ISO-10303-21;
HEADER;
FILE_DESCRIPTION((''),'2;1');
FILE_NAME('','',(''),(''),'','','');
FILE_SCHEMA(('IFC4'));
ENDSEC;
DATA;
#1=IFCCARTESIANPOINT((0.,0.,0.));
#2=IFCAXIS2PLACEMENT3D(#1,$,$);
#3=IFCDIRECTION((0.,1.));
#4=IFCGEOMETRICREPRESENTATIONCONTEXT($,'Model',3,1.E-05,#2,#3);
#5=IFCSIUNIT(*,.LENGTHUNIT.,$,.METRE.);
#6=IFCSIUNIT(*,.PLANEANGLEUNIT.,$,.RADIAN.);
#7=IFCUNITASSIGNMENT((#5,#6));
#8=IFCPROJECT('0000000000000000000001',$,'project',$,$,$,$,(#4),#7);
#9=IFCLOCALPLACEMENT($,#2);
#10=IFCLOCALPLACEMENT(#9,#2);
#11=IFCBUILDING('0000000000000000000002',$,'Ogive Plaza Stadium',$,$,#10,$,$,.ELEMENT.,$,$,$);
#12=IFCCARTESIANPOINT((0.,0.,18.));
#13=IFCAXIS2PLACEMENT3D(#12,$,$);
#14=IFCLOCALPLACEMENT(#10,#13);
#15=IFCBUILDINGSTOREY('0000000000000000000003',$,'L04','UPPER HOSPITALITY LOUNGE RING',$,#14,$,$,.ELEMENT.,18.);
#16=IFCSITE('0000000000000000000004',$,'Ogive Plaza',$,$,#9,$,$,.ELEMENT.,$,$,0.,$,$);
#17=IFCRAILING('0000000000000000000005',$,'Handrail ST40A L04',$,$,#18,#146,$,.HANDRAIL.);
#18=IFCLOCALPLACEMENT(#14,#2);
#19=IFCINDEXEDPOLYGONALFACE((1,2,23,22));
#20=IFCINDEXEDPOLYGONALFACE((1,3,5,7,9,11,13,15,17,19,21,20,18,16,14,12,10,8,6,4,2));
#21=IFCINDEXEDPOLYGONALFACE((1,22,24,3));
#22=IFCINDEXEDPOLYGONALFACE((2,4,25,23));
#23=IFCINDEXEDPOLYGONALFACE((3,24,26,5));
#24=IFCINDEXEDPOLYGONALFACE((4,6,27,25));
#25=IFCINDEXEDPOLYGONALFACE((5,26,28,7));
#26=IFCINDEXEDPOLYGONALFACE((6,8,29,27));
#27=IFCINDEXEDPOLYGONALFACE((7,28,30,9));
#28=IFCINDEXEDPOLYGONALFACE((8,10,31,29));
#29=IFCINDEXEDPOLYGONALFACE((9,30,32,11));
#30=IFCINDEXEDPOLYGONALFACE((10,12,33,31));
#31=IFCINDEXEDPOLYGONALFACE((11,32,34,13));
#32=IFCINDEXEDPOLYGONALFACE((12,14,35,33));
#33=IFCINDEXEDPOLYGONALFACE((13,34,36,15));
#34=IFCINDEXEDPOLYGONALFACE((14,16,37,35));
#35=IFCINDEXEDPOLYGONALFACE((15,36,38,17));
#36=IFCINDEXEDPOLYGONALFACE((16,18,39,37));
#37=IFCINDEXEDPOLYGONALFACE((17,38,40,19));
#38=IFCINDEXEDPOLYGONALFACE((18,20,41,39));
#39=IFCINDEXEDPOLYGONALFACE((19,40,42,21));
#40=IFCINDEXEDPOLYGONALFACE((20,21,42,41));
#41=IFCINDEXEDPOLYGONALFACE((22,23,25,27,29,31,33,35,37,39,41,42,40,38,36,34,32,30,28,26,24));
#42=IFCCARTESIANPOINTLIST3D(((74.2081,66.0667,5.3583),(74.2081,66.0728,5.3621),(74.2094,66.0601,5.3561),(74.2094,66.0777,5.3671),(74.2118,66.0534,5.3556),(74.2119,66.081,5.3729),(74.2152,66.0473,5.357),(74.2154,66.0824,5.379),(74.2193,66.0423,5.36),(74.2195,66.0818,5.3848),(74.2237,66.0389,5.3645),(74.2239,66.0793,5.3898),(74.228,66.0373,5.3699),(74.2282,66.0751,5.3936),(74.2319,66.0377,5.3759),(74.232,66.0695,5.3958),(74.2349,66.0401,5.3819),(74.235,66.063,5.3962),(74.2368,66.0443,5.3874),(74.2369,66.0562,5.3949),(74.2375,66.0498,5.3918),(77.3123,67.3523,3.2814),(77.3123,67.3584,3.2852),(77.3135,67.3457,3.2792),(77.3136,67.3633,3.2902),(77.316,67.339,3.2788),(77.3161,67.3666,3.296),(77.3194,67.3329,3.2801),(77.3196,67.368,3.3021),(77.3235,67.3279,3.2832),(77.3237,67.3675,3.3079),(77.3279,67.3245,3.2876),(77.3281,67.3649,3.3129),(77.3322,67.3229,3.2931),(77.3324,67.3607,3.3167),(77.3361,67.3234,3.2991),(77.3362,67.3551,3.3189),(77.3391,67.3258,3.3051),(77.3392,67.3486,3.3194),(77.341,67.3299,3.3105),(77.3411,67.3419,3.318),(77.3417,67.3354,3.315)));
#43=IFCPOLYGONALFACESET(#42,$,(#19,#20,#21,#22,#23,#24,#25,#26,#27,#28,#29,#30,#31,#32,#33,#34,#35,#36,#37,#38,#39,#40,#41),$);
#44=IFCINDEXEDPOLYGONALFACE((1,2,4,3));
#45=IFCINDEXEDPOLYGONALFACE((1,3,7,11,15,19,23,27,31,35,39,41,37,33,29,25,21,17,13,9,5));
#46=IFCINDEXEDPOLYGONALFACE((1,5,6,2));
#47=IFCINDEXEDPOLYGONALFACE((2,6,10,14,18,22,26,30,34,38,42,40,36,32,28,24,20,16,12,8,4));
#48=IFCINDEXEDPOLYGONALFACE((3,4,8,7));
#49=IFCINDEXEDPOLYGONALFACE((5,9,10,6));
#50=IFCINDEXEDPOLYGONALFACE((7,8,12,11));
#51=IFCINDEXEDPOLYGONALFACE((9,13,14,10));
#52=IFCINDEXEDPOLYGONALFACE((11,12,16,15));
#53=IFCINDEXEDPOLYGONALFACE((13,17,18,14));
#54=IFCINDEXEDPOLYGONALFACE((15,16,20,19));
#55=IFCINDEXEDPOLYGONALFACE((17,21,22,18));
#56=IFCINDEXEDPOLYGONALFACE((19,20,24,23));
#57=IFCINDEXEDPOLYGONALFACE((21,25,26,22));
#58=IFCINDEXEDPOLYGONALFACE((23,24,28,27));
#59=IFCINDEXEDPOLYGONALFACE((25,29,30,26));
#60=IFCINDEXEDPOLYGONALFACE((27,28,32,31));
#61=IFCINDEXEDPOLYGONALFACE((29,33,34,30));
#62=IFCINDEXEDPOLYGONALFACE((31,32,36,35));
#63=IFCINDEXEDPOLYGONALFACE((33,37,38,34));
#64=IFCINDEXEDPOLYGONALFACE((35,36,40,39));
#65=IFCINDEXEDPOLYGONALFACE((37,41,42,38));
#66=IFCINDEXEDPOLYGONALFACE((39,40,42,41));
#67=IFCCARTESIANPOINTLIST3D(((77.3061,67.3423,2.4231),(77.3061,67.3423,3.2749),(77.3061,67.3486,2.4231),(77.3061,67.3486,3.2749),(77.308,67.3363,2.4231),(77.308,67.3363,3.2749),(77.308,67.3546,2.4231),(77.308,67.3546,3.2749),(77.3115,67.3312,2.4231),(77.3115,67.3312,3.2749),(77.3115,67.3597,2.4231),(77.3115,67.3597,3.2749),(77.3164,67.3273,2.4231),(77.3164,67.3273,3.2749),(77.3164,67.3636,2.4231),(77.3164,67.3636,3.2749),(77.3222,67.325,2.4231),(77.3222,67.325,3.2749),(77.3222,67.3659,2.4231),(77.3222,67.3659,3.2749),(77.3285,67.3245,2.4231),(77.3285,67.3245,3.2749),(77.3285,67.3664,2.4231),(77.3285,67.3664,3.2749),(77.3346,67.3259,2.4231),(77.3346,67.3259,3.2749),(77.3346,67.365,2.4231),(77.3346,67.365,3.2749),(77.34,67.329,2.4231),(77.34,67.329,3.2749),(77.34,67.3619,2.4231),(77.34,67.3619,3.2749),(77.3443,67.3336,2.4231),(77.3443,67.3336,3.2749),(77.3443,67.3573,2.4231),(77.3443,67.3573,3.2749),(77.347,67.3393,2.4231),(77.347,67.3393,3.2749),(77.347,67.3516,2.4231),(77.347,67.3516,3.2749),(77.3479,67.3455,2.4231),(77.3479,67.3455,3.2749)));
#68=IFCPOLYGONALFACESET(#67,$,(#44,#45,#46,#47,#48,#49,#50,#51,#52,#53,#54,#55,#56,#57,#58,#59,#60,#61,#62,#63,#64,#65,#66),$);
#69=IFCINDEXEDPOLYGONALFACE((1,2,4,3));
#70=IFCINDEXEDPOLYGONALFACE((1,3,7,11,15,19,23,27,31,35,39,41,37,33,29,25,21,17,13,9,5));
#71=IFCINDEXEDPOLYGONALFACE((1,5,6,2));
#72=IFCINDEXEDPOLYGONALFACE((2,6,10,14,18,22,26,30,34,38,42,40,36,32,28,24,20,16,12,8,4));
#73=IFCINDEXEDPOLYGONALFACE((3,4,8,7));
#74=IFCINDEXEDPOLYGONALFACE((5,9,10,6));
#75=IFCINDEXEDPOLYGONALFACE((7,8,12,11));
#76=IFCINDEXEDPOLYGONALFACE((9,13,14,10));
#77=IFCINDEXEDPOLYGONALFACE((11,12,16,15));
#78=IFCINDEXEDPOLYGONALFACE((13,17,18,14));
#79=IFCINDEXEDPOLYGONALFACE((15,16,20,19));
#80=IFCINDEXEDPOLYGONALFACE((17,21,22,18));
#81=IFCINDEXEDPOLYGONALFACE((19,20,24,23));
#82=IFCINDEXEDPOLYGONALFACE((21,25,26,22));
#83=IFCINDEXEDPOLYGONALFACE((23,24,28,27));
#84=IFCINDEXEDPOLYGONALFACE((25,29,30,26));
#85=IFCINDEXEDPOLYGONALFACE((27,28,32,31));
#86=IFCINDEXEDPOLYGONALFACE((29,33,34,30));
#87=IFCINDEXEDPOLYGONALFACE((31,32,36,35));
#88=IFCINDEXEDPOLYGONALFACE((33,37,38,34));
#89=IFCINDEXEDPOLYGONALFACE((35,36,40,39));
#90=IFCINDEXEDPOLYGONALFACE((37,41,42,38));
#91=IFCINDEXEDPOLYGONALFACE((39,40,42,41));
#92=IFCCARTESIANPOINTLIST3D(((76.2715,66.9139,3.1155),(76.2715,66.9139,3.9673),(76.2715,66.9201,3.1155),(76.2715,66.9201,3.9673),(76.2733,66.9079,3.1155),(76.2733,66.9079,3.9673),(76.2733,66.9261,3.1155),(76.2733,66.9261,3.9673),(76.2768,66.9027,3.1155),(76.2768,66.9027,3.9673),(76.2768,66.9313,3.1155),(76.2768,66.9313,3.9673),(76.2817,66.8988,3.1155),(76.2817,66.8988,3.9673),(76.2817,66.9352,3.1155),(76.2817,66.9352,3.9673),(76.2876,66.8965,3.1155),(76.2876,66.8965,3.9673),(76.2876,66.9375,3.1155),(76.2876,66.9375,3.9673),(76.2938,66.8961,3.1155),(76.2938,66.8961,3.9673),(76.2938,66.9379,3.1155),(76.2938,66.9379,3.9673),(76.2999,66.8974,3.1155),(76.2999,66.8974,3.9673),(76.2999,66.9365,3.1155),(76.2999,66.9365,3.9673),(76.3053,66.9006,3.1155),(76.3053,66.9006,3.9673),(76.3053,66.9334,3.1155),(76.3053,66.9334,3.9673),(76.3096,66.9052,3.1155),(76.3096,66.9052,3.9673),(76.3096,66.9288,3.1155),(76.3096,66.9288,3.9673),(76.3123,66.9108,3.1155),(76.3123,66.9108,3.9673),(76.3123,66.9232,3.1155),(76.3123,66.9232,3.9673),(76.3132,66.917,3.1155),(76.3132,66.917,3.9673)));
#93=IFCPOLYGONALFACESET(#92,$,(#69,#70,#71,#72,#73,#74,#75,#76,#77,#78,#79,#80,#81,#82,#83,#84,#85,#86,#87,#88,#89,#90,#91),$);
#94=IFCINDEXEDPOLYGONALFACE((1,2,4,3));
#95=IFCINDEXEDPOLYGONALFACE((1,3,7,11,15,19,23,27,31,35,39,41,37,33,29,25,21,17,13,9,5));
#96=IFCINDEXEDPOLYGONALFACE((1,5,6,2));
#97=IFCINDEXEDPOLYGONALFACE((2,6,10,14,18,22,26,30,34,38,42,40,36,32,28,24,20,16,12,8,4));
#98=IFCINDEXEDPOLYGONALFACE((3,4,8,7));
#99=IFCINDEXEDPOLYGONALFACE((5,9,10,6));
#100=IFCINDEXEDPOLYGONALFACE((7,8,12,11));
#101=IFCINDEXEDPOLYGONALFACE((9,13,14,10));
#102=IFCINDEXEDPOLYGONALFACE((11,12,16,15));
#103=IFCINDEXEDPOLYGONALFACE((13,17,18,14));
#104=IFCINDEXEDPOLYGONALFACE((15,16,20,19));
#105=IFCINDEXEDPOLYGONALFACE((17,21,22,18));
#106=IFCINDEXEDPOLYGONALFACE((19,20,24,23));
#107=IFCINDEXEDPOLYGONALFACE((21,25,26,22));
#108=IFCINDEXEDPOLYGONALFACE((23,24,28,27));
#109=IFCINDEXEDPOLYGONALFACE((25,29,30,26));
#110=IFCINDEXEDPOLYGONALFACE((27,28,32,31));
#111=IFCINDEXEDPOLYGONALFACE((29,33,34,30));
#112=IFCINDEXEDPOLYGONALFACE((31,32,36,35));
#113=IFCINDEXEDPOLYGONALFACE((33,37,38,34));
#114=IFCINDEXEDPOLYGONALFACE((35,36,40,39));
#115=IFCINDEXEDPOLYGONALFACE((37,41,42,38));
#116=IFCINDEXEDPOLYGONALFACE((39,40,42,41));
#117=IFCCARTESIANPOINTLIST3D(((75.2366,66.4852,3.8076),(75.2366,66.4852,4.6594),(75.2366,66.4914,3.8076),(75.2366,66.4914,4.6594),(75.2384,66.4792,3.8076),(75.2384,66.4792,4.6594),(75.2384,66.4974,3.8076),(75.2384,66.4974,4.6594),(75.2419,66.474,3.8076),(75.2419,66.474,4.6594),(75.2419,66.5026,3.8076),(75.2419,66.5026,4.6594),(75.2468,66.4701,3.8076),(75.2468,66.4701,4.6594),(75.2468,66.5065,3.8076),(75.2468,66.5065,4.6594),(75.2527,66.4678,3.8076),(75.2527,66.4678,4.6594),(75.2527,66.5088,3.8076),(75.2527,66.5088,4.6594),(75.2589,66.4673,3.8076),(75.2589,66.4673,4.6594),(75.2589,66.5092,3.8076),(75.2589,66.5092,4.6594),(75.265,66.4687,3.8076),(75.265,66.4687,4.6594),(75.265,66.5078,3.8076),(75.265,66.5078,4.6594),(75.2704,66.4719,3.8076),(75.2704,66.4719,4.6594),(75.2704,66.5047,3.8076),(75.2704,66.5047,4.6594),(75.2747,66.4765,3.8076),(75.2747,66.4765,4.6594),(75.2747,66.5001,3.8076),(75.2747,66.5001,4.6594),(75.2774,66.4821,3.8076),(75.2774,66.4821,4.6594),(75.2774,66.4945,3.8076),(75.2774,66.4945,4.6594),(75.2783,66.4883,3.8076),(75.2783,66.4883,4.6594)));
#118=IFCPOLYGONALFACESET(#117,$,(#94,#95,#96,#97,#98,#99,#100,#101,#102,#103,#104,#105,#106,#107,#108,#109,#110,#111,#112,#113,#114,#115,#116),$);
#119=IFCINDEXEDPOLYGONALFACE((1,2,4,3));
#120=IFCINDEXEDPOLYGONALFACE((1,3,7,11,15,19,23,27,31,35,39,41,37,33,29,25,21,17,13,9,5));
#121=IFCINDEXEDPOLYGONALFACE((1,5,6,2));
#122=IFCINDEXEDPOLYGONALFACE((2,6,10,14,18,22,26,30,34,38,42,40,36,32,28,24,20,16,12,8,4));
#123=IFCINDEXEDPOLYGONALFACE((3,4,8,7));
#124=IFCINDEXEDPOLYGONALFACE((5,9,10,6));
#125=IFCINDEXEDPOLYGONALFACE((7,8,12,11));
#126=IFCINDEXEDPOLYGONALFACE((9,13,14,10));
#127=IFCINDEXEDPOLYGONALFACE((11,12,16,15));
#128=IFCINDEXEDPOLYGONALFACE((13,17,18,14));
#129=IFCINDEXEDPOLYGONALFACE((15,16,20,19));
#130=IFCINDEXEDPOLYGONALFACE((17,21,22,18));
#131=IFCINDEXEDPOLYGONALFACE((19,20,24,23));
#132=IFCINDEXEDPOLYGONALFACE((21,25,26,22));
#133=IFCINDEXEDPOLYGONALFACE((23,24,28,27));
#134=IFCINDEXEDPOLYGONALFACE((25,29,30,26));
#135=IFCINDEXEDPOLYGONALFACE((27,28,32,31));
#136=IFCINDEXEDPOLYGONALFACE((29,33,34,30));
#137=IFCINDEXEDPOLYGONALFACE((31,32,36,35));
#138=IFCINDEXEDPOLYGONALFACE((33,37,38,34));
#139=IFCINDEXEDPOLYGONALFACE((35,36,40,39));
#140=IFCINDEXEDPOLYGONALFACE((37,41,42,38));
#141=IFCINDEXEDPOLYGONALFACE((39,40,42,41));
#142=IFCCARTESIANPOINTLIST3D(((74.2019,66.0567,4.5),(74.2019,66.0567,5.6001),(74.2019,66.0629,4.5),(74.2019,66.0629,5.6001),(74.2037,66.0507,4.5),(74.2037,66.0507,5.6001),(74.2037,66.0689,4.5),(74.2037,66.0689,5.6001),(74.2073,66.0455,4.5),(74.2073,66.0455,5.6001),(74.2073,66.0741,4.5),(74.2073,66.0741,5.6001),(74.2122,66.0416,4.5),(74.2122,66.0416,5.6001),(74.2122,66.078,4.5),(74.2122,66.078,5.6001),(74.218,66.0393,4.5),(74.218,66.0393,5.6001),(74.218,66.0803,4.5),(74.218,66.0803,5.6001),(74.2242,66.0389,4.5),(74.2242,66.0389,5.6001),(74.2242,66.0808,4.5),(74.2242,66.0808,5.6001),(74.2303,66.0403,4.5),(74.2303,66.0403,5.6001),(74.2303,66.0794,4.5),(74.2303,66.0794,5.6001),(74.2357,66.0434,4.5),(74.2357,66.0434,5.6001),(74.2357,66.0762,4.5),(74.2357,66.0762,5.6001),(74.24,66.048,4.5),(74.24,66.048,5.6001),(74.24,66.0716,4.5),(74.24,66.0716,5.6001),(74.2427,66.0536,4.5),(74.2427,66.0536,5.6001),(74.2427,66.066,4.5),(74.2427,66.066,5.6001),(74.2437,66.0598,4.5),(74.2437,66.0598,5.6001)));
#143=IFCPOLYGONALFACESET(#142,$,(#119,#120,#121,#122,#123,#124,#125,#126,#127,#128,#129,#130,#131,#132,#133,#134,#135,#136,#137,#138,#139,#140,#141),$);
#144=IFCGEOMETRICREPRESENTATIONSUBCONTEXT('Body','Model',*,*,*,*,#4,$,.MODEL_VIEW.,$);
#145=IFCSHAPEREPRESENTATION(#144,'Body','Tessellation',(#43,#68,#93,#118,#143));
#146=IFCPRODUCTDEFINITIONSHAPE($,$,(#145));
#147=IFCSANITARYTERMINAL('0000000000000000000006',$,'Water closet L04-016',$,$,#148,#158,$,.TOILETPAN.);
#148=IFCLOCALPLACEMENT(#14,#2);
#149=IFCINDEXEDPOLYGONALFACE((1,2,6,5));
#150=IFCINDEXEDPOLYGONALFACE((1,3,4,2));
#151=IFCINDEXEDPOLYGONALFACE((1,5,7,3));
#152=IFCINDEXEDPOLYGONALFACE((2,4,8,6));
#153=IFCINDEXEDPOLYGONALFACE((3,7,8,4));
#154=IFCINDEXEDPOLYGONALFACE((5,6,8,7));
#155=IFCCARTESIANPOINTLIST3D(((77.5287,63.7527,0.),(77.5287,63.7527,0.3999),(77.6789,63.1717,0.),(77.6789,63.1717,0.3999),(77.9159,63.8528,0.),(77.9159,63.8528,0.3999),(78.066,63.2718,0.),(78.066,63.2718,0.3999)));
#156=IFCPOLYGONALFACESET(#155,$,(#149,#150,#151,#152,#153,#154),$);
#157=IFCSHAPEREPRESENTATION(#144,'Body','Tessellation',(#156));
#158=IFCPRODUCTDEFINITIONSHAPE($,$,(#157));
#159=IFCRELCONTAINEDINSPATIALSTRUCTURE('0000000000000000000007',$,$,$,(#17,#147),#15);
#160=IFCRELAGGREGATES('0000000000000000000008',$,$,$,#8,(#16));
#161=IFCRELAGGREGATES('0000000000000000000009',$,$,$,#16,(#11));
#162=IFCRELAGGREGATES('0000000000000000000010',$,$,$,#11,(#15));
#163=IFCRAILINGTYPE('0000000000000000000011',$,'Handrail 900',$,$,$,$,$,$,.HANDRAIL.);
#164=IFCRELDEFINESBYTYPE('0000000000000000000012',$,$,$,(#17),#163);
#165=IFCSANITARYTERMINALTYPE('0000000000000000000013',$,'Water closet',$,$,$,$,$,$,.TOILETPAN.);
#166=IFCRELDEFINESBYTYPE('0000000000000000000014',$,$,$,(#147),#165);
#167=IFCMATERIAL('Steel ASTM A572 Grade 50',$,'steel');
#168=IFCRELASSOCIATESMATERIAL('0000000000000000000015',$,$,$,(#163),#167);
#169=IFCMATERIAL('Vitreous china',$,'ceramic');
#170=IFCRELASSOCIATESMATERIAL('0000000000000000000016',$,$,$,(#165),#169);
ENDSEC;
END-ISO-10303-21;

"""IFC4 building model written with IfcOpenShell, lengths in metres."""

from ifc_helpers import new_model, si_unit, direction, frame, origin, origin_2d, place, context, subcontext, project, spatial, rectangle, circle, extrude, material, type_object, element, save


model = new_model("IFC4")

# Units and contexts
model_context = context("Model", 3, precision=1e-05, world=origin(), true_north=direction((0.0, 1.0)))
body_context = subcontext(model_context, "Body", "Model", "MODEL_VIEW")
ifc_project = project(units=[si_unit("LENGTHUNIT", "METRE"), si_unit("PLANEANGLEUNIT", "RADIAN")], contexts=[model_context])

# Site, building, storey
site_placement = place(None, origin())
site = spatial("IfcSite", under=ifc_project, at=site_placement, Name="Ogive Plaza", CompositionType="ELEMENT", RefElevation=0.0)
building_placement = place(site_placement, origin())
building = spatial("IfcBuilding", under=site, at=building_placement, Name="Ogive Plaza Stadium", CompositionType="ELEMENT")
storey_placement = place(building_placement, frame((0.0, 0.0, 18.0)))
storey = spatial("IfcBuildingStorey", under=building, at=storey_placement, Name="L04", Description="UPPER HOSPITALITY LOUNGE RING", CompositionType="ELEMENT", Elevation=18.0)

# Railing
ifc_material_1 = material(Name="Steel ASTM A572 Grade 50", Category="steel")
railing_type = type_object("IfcRailingType", Name="Handrail 900", PredefinedType="HANDRAIL", material=ifc_material_1)
railing_placement = place(storey_placement, frame((77.3269, 67.3455, 2.4231)))
element("IfcRailing", 1, at=railing_placement, inside=storey, type_object=railing_type, Name="Handrail ST40A L04", PredefinedType="HANDRAIL", context=body_context, shape_type="SweptSolid", body=[
    extrude(circle(Radius=0.0239, at=origin_2d()), frame((0.0, 0.0, 0.876), z_axis=(-0.785879, -0.325477, 0.525794), x_axis=(0.382638, -0.923898, 0.0)), (0.0, 0.0, 1.0), 3.95),
    extrude(circle(Radius=0.021, at=origin_2d()), origin(), (0.0, 0.0, 1.0), 0.8518),
    extrude(circle(Radius=0.021, at=origin_2d()), frame((-1.0347, -0.4285, 0.6924)), (0.0, 0.0, 1.0), 0.8518),
    extrude(circle(Radius=0.021, at=origin_2d()), frame((-2.0696, -0.8572, 1.3845)), (0.0, 0.0, 1.0), 0.8518),
    extrude(circle(Radius=0.021, at=origin_2d()), frame((-3.1042, -1.2856, 2.0769)), (0.0, 0.0, 1.0), 1.1001),
])

# Sanitary terminal
ifc_material_2 = material(Name="Vitreous china", Category="ceramic")
sanitary_terminal_type = type_object("IfcSanitaryTerminalType", Name="Water closet", PredefinedType="TOILETPAN", material=ifc_material_2)
sanitary_terminal_placement = place(storey_placement, frame((77.7974, 63.5122, 0.0), z_axis=(0.0, 0.0, 1.0), x_axis=(-0.968173, -0.250284, 0.0)))
element("IfcSanitaryTerminal", 2, at=sanitary_terminal_placement, inside=storey, type_object=sanitary_terminal_type, Name="Water closet L04-016", PredefinedType="TOILETPAN", context=body_context, shape_type="SweptSolid", body=[
    extrude(rectangle(XDim=0.3999, YDim=0.6001, at=origin_2d()), origin(), (0.0, 0.0, 1.0), 0.3999),
])

save(model, "model.ifc")
